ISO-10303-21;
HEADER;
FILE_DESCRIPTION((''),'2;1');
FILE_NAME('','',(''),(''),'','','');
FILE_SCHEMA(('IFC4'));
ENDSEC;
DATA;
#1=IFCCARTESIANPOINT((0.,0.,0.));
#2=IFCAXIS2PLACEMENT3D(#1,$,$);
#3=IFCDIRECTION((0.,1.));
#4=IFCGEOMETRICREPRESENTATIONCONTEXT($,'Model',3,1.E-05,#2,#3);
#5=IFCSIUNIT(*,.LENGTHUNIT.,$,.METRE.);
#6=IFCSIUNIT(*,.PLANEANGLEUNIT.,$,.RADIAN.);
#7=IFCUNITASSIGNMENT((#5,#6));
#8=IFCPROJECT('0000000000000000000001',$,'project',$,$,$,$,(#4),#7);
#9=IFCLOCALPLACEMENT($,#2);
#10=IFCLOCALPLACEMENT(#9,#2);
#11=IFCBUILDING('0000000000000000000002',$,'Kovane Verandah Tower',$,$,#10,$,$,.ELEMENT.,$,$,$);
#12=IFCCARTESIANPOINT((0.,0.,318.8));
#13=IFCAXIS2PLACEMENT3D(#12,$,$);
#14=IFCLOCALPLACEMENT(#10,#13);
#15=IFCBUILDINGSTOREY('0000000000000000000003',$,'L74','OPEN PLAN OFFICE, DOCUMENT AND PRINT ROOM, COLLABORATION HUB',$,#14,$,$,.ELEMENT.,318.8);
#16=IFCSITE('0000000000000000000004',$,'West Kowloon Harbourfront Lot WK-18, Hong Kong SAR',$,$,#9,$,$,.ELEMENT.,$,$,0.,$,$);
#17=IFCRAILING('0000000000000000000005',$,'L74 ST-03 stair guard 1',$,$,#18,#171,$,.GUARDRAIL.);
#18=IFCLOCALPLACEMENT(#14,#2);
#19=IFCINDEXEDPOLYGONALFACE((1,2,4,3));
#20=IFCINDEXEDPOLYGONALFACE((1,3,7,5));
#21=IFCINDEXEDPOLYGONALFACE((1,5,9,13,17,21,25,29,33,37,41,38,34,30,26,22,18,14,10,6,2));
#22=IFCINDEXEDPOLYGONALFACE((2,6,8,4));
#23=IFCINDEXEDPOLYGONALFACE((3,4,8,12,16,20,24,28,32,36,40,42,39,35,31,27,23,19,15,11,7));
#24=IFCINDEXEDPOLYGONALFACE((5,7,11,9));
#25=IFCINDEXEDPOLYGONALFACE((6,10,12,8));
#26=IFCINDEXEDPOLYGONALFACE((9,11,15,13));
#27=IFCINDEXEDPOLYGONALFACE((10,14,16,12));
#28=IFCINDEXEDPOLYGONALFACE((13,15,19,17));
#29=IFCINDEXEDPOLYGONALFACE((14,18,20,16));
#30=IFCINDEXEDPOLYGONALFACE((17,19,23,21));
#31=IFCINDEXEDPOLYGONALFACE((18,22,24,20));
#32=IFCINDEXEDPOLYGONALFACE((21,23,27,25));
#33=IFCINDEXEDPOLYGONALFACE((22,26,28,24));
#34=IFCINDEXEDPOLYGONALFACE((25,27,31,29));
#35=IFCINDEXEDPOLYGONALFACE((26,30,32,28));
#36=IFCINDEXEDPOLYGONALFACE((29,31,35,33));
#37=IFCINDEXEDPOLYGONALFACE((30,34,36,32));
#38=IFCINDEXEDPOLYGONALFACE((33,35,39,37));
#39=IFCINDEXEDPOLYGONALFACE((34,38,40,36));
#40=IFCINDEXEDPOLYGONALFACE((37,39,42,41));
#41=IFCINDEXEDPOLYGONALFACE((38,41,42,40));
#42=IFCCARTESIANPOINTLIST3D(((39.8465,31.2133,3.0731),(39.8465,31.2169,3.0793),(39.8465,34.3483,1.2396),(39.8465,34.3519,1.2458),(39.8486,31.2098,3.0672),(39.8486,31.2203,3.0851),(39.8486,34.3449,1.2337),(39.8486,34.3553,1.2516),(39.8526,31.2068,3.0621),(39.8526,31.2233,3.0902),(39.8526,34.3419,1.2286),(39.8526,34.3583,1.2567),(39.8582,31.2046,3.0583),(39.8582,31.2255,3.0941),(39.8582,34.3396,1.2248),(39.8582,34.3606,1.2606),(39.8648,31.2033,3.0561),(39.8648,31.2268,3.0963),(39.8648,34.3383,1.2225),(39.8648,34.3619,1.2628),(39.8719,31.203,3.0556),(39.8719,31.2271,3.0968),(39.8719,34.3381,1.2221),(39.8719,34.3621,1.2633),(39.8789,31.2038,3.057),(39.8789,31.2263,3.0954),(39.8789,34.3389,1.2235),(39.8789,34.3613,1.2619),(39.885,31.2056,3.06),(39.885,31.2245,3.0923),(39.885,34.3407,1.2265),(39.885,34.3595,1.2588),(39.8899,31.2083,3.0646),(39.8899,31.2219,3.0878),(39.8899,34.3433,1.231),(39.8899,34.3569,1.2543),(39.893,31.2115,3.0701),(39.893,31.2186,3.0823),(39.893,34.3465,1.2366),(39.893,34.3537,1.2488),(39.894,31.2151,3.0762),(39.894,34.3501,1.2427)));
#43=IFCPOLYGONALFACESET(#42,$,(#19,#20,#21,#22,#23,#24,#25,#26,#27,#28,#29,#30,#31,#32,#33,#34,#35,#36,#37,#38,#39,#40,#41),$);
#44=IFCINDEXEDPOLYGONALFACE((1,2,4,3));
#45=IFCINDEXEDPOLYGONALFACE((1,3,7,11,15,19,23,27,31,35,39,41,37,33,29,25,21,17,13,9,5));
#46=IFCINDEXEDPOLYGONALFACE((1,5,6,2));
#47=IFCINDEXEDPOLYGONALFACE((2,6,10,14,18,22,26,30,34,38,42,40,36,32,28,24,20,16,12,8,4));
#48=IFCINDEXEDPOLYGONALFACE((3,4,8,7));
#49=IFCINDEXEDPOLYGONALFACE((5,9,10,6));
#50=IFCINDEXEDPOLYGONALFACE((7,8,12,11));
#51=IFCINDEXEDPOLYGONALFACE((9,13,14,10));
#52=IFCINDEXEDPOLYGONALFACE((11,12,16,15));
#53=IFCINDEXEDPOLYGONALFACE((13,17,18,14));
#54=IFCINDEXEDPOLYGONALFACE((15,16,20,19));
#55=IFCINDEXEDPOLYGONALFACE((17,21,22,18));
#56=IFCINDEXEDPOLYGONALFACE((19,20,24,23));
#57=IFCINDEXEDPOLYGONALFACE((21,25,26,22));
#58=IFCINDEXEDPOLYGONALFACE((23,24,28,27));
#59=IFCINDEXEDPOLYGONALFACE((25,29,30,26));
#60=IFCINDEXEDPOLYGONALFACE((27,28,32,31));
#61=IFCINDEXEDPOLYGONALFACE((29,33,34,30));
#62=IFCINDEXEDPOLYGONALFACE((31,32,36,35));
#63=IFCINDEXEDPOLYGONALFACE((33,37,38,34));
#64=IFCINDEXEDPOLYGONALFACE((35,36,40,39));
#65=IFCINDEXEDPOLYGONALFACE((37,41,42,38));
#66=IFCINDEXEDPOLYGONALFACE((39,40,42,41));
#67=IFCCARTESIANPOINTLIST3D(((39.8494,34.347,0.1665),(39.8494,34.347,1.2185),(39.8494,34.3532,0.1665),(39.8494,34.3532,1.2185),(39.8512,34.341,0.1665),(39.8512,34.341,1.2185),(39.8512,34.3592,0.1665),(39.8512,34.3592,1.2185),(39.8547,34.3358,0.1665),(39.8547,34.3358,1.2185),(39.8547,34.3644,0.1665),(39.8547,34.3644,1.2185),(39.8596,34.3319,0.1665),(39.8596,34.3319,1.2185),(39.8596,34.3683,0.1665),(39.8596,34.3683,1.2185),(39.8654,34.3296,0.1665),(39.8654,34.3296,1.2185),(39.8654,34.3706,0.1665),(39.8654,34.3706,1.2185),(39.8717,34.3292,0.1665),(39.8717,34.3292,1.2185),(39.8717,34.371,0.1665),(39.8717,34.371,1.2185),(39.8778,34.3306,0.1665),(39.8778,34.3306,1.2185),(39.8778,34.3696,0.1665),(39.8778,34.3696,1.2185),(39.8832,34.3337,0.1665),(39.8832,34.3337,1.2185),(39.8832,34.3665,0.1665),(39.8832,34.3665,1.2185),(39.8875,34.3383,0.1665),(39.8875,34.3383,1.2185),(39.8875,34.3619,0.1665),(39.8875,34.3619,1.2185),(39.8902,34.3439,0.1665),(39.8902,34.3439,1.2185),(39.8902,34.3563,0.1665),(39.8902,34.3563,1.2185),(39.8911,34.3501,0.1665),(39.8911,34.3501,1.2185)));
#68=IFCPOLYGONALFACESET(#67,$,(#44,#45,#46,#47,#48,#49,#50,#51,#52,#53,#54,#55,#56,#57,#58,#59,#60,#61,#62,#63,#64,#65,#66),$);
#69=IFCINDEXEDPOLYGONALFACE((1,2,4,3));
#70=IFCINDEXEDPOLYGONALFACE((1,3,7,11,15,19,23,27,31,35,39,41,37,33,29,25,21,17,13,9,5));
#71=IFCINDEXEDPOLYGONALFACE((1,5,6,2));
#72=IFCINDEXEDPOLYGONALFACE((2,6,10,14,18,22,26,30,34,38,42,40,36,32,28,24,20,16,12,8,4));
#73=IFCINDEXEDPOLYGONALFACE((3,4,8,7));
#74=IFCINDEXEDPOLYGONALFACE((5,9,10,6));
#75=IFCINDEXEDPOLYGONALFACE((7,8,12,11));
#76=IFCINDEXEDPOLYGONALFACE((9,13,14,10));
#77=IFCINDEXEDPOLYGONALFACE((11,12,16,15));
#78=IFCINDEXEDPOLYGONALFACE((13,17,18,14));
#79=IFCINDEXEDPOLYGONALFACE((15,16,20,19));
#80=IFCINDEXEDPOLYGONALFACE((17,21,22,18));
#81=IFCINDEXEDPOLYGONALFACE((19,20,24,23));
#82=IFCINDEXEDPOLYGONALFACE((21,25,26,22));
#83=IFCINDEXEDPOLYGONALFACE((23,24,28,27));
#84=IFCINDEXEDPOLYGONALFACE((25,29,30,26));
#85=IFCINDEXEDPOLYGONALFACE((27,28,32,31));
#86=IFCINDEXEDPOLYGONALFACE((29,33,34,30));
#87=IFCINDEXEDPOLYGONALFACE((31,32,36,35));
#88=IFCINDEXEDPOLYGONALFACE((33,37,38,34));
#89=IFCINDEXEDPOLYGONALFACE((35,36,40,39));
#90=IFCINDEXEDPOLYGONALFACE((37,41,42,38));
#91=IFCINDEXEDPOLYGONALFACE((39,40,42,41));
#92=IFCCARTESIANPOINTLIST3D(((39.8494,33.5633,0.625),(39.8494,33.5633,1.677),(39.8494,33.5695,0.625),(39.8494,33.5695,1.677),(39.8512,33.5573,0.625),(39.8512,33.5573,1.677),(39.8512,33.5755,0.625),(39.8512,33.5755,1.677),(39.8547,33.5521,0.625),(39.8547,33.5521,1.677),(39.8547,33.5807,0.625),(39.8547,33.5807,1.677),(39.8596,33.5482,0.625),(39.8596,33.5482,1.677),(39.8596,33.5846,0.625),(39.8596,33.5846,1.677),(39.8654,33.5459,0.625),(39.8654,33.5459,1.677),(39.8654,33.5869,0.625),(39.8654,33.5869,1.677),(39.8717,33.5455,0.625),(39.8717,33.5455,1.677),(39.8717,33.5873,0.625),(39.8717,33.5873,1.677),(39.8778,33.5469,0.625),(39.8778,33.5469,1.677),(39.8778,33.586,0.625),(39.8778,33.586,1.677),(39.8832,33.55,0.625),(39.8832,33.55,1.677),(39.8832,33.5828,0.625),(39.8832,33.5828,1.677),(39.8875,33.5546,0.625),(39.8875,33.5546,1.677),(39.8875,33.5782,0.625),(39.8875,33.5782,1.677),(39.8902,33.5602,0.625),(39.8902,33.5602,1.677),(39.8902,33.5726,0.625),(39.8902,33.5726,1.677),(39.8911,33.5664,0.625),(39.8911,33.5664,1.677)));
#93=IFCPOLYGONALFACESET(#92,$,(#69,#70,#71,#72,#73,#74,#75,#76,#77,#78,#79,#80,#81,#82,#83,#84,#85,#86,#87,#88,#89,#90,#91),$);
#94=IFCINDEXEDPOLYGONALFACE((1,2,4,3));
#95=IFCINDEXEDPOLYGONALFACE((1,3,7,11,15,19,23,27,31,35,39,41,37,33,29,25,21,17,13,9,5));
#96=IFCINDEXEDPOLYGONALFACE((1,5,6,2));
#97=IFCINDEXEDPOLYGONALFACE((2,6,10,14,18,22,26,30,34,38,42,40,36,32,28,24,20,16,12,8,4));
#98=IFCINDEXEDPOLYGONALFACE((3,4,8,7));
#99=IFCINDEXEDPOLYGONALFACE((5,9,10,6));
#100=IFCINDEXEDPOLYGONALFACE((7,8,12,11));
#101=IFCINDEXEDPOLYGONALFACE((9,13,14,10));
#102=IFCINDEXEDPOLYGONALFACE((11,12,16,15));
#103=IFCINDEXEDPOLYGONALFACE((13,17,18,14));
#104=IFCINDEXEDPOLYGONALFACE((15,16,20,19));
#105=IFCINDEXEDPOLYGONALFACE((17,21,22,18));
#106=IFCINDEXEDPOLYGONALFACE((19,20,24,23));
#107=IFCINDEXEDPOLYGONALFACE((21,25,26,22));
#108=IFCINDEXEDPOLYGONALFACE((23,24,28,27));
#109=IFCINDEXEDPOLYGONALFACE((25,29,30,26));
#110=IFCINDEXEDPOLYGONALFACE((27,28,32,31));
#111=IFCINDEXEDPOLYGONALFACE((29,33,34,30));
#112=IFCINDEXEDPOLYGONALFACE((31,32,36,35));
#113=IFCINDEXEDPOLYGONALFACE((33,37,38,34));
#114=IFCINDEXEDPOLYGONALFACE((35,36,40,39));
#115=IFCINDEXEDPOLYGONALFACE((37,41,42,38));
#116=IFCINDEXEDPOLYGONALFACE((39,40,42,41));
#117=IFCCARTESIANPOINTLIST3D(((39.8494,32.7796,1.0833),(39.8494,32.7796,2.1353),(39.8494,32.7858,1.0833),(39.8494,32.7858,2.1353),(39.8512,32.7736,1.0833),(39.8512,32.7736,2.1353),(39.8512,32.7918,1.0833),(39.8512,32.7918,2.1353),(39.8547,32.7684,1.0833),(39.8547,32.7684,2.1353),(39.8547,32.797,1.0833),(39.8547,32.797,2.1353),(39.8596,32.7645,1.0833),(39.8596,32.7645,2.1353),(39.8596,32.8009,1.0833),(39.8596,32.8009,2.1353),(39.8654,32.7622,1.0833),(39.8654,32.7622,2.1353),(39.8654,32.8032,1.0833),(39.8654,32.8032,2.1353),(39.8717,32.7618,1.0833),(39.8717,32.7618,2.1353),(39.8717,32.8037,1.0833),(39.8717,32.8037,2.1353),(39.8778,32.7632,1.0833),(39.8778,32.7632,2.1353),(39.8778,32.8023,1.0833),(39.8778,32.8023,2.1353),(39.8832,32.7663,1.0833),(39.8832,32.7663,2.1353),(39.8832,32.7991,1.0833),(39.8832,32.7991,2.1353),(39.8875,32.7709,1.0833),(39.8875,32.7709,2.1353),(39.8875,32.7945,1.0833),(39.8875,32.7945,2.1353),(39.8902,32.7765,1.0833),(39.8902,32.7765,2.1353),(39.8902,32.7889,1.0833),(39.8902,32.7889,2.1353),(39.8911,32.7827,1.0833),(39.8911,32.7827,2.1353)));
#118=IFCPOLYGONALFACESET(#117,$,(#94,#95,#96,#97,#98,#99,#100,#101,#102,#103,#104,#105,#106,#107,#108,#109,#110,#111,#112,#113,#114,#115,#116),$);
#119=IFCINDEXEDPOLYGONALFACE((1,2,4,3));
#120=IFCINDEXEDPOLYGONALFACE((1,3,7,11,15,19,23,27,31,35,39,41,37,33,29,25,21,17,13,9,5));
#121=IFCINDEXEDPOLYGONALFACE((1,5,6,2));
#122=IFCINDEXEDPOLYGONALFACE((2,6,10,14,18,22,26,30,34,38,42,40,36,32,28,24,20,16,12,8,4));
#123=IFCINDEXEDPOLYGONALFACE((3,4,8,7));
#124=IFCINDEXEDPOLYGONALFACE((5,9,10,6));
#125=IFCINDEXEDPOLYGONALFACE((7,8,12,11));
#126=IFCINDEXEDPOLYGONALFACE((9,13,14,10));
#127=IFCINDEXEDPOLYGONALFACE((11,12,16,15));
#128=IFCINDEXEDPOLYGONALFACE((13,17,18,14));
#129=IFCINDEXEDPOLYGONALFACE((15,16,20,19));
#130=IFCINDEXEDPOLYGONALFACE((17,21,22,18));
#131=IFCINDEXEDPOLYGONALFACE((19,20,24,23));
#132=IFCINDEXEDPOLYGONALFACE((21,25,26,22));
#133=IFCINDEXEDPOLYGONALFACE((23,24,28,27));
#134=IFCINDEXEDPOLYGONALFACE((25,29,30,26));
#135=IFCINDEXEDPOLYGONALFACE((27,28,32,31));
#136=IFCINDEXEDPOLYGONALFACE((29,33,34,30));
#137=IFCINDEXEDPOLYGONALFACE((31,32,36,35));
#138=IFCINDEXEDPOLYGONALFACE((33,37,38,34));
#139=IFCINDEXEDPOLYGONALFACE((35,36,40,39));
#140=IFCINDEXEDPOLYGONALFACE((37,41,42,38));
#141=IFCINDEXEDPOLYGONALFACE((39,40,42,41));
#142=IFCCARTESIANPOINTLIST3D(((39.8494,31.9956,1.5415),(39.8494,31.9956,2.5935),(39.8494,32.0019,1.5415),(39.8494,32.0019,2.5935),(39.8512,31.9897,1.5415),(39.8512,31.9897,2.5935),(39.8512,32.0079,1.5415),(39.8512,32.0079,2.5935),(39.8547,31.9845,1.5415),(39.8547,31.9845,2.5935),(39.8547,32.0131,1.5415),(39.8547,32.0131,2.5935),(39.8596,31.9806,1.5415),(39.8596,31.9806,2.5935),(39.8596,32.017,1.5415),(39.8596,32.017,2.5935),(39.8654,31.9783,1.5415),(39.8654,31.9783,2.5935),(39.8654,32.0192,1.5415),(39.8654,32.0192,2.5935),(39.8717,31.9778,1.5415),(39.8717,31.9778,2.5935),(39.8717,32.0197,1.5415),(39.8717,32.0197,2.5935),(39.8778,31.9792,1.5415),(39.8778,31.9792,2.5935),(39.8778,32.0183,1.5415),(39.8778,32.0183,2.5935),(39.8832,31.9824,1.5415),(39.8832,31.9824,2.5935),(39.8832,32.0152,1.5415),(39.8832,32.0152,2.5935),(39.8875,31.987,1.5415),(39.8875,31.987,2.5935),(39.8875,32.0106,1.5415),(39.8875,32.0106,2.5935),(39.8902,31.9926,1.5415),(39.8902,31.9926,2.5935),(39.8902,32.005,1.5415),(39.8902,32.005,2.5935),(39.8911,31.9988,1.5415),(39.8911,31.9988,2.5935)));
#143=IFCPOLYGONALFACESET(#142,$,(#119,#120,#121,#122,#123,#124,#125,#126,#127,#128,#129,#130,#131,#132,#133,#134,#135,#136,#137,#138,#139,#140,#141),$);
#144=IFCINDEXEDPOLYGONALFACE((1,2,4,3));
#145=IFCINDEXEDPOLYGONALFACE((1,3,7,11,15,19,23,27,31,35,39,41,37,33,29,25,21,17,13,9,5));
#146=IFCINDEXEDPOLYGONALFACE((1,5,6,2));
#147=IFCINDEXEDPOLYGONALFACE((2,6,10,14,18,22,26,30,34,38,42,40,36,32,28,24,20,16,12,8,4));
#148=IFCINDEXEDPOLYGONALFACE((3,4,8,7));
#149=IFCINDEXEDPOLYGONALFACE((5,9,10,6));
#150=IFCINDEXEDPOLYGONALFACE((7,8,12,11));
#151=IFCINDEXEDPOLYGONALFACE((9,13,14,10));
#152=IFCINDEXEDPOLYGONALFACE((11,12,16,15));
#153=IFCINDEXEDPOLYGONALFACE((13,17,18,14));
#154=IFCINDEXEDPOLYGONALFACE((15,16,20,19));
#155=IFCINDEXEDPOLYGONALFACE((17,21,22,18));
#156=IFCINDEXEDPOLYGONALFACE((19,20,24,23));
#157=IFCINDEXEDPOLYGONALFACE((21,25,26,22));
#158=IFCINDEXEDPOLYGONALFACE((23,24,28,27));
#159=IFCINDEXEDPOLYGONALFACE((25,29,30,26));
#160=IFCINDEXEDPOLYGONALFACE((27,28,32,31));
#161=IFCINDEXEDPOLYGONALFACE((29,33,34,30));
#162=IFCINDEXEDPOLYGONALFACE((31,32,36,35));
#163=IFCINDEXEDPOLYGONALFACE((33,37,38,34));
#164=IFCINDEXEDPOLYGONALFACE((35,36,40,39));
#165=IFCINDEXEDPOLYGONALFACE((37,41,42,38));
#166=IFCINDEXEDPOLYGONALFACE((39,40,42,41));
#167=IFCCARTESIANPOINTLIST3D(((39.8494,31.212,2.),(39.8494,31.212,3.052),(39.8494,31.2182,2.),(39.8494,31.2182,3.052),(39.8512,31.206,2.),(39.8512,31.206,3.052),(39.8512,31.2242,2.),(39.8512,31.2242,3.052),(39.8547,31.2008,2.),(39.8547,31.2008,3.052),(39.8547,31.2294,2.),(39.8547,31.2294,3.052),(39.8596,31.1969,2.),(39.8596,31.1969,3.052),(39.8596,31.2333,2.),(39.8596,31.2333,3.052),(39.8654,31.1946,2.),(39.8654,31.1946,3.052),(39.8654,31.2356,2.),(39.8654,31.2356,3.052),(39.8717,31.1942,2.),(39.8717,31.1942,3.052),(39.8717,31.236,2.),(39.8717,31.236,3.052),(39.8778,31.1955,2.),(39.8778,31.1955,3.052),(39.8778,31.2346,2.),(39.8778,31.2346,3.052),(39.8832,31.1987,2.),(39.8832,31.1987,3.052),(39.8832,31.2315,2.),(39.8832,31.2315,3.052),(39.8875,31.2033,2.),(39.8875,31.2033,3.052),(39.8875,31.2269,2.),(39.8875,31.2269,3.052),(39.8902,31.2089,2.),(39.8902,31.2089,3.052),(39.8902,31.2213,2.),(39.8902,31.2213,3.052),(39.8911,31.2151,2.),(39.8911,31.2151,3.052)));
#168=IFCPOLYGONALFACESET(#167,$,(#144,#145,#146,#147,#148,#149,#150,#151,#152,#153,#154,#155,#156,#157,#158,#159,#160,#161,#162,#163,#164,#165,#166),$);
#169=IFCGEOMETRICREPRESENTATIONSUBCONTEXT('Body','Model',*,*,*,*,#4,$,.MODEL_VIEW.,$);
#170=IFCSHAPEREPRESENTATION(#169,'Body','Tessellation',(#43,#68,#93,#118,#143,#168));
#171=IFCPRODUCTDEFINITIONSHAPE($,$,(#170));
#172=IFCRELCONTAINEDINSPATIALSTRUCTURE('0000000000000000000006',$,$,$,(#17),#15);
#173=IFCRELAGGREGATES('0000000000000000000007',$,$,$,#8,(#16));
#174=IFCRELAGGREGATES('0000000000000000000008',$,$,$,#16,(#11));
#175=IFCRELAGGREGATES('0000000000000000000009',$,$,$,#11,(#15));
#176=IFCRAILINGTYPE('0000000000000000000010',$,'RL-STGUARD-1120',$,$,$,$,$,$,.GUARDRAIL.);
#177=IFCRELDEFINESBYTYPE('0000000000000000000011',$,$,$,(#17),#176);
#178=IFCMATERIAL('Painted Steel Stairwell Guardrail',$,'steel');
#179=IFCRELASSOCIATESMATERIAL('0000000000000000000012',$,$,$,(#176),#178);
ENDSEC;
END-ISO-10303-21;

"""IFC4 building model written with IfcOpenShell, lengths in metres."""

from ifc_helpers import new_model, si_unit, direction, frame, origin, origin_2d, place, context, subcontext, project, spatial, circle, extrude, material, type_object, element, save


model = new_model("IFC4")

# Units and contexts
model_context = context("Model", 3, precision=1e-05, world=origin(), true_north=direction((0.0, 1.0)))
body_context = subcontext(model_context, "Body", "Model", "MODEL_VIEW")
ifc_project = project(units=[si_unit("LENGTHUNIT", "METRE"), si_unit("PLANEANGLEUNIT", "RADIAN")], contexts=[model_context])

# Site, building, storey
site_placement = place(None, origin())
site = spatial("IfcSite", under=ifc_project, at=site_placement, Name="West Kowloon Harbourfront Lot WK-18, Hong Kong SAR", CompositionType="ELEMENT", RefElevation=0.0)
building_placement = place(site_placement, origin())
building = spatial("IfcBuilding", under=site, at=building_placement, Name="Kovane Verandah Tower", CompositionType="ELEMENT")
storey_placement = place(building_placement, frame((0.0, 0.0, 318.8)))
storey = spatial("IfcBuildingStorey", under=building, at=storey_placement, Name="L74", Description="OPEN PLAN OFFICE, DOCUMENT AND PRINT ROOM, COLLABORATION HUB", CompositionType="ELEMENT", Elevation=318.8)

# Railing
ifc_material_1 = material(Name="Painted Steel Stairwell Guardrail", Category="steel")
railing_type = type_object("IfcRailingType", Name="RL-STGUARD-1120", PredefinedType="GUARDRAIL", material=ifc_material_1)
railing_1_placement = place(storey_placement, frame((39.8701, 34.3501, 0.1665)))
element("IfcRailing", 1, at=railing_1_placement, inside=storey, type_object=railing_type, Name="L74 ST-03 stair guard 1", PredefinedType="GUARDRAIL", context=body_context, shape_type="SweptSolid", body=[
    extrude(circle(Radius=0.0239, at=origin_2d()), frame((0.0, 0.0, 1.0762), z_axis=(0.0, -0.86321, 0.504845), x_axis=(1.0, 0.0, 0.0)), (0.0, 0.0, 1.0), 3.6318),
    extrude(circle(Radius=0.021, at=origin_2d()), origin(), (0.0, 0.0, 1.0), 1.052),
    extrude(circle(Radius=0.021, at=origin_2d()), frame((0.0, -0.7837, 0.4585)), (0.0, 0.0, 1.0), 1.052),
    extrude(circle(Radius=0.021, at=origin_2d()), frame((0.0, -1.5674, 0.9167)), (0.0, 0.0, 1.0), 1.052),
    extrude(circle(Radius=0.021, at=origin_2d()), frame((0.0, -2.3513, 1.375)), (0.0, 0.0, 1.0), 1.052),
    extrude(circle(Radius=0.021, at=origin_2d()), frame((0.0, -3.135, 1.8335)), (0.0, 0.0, 1.0), 1.052),
])

save(model, "model.ifc")
